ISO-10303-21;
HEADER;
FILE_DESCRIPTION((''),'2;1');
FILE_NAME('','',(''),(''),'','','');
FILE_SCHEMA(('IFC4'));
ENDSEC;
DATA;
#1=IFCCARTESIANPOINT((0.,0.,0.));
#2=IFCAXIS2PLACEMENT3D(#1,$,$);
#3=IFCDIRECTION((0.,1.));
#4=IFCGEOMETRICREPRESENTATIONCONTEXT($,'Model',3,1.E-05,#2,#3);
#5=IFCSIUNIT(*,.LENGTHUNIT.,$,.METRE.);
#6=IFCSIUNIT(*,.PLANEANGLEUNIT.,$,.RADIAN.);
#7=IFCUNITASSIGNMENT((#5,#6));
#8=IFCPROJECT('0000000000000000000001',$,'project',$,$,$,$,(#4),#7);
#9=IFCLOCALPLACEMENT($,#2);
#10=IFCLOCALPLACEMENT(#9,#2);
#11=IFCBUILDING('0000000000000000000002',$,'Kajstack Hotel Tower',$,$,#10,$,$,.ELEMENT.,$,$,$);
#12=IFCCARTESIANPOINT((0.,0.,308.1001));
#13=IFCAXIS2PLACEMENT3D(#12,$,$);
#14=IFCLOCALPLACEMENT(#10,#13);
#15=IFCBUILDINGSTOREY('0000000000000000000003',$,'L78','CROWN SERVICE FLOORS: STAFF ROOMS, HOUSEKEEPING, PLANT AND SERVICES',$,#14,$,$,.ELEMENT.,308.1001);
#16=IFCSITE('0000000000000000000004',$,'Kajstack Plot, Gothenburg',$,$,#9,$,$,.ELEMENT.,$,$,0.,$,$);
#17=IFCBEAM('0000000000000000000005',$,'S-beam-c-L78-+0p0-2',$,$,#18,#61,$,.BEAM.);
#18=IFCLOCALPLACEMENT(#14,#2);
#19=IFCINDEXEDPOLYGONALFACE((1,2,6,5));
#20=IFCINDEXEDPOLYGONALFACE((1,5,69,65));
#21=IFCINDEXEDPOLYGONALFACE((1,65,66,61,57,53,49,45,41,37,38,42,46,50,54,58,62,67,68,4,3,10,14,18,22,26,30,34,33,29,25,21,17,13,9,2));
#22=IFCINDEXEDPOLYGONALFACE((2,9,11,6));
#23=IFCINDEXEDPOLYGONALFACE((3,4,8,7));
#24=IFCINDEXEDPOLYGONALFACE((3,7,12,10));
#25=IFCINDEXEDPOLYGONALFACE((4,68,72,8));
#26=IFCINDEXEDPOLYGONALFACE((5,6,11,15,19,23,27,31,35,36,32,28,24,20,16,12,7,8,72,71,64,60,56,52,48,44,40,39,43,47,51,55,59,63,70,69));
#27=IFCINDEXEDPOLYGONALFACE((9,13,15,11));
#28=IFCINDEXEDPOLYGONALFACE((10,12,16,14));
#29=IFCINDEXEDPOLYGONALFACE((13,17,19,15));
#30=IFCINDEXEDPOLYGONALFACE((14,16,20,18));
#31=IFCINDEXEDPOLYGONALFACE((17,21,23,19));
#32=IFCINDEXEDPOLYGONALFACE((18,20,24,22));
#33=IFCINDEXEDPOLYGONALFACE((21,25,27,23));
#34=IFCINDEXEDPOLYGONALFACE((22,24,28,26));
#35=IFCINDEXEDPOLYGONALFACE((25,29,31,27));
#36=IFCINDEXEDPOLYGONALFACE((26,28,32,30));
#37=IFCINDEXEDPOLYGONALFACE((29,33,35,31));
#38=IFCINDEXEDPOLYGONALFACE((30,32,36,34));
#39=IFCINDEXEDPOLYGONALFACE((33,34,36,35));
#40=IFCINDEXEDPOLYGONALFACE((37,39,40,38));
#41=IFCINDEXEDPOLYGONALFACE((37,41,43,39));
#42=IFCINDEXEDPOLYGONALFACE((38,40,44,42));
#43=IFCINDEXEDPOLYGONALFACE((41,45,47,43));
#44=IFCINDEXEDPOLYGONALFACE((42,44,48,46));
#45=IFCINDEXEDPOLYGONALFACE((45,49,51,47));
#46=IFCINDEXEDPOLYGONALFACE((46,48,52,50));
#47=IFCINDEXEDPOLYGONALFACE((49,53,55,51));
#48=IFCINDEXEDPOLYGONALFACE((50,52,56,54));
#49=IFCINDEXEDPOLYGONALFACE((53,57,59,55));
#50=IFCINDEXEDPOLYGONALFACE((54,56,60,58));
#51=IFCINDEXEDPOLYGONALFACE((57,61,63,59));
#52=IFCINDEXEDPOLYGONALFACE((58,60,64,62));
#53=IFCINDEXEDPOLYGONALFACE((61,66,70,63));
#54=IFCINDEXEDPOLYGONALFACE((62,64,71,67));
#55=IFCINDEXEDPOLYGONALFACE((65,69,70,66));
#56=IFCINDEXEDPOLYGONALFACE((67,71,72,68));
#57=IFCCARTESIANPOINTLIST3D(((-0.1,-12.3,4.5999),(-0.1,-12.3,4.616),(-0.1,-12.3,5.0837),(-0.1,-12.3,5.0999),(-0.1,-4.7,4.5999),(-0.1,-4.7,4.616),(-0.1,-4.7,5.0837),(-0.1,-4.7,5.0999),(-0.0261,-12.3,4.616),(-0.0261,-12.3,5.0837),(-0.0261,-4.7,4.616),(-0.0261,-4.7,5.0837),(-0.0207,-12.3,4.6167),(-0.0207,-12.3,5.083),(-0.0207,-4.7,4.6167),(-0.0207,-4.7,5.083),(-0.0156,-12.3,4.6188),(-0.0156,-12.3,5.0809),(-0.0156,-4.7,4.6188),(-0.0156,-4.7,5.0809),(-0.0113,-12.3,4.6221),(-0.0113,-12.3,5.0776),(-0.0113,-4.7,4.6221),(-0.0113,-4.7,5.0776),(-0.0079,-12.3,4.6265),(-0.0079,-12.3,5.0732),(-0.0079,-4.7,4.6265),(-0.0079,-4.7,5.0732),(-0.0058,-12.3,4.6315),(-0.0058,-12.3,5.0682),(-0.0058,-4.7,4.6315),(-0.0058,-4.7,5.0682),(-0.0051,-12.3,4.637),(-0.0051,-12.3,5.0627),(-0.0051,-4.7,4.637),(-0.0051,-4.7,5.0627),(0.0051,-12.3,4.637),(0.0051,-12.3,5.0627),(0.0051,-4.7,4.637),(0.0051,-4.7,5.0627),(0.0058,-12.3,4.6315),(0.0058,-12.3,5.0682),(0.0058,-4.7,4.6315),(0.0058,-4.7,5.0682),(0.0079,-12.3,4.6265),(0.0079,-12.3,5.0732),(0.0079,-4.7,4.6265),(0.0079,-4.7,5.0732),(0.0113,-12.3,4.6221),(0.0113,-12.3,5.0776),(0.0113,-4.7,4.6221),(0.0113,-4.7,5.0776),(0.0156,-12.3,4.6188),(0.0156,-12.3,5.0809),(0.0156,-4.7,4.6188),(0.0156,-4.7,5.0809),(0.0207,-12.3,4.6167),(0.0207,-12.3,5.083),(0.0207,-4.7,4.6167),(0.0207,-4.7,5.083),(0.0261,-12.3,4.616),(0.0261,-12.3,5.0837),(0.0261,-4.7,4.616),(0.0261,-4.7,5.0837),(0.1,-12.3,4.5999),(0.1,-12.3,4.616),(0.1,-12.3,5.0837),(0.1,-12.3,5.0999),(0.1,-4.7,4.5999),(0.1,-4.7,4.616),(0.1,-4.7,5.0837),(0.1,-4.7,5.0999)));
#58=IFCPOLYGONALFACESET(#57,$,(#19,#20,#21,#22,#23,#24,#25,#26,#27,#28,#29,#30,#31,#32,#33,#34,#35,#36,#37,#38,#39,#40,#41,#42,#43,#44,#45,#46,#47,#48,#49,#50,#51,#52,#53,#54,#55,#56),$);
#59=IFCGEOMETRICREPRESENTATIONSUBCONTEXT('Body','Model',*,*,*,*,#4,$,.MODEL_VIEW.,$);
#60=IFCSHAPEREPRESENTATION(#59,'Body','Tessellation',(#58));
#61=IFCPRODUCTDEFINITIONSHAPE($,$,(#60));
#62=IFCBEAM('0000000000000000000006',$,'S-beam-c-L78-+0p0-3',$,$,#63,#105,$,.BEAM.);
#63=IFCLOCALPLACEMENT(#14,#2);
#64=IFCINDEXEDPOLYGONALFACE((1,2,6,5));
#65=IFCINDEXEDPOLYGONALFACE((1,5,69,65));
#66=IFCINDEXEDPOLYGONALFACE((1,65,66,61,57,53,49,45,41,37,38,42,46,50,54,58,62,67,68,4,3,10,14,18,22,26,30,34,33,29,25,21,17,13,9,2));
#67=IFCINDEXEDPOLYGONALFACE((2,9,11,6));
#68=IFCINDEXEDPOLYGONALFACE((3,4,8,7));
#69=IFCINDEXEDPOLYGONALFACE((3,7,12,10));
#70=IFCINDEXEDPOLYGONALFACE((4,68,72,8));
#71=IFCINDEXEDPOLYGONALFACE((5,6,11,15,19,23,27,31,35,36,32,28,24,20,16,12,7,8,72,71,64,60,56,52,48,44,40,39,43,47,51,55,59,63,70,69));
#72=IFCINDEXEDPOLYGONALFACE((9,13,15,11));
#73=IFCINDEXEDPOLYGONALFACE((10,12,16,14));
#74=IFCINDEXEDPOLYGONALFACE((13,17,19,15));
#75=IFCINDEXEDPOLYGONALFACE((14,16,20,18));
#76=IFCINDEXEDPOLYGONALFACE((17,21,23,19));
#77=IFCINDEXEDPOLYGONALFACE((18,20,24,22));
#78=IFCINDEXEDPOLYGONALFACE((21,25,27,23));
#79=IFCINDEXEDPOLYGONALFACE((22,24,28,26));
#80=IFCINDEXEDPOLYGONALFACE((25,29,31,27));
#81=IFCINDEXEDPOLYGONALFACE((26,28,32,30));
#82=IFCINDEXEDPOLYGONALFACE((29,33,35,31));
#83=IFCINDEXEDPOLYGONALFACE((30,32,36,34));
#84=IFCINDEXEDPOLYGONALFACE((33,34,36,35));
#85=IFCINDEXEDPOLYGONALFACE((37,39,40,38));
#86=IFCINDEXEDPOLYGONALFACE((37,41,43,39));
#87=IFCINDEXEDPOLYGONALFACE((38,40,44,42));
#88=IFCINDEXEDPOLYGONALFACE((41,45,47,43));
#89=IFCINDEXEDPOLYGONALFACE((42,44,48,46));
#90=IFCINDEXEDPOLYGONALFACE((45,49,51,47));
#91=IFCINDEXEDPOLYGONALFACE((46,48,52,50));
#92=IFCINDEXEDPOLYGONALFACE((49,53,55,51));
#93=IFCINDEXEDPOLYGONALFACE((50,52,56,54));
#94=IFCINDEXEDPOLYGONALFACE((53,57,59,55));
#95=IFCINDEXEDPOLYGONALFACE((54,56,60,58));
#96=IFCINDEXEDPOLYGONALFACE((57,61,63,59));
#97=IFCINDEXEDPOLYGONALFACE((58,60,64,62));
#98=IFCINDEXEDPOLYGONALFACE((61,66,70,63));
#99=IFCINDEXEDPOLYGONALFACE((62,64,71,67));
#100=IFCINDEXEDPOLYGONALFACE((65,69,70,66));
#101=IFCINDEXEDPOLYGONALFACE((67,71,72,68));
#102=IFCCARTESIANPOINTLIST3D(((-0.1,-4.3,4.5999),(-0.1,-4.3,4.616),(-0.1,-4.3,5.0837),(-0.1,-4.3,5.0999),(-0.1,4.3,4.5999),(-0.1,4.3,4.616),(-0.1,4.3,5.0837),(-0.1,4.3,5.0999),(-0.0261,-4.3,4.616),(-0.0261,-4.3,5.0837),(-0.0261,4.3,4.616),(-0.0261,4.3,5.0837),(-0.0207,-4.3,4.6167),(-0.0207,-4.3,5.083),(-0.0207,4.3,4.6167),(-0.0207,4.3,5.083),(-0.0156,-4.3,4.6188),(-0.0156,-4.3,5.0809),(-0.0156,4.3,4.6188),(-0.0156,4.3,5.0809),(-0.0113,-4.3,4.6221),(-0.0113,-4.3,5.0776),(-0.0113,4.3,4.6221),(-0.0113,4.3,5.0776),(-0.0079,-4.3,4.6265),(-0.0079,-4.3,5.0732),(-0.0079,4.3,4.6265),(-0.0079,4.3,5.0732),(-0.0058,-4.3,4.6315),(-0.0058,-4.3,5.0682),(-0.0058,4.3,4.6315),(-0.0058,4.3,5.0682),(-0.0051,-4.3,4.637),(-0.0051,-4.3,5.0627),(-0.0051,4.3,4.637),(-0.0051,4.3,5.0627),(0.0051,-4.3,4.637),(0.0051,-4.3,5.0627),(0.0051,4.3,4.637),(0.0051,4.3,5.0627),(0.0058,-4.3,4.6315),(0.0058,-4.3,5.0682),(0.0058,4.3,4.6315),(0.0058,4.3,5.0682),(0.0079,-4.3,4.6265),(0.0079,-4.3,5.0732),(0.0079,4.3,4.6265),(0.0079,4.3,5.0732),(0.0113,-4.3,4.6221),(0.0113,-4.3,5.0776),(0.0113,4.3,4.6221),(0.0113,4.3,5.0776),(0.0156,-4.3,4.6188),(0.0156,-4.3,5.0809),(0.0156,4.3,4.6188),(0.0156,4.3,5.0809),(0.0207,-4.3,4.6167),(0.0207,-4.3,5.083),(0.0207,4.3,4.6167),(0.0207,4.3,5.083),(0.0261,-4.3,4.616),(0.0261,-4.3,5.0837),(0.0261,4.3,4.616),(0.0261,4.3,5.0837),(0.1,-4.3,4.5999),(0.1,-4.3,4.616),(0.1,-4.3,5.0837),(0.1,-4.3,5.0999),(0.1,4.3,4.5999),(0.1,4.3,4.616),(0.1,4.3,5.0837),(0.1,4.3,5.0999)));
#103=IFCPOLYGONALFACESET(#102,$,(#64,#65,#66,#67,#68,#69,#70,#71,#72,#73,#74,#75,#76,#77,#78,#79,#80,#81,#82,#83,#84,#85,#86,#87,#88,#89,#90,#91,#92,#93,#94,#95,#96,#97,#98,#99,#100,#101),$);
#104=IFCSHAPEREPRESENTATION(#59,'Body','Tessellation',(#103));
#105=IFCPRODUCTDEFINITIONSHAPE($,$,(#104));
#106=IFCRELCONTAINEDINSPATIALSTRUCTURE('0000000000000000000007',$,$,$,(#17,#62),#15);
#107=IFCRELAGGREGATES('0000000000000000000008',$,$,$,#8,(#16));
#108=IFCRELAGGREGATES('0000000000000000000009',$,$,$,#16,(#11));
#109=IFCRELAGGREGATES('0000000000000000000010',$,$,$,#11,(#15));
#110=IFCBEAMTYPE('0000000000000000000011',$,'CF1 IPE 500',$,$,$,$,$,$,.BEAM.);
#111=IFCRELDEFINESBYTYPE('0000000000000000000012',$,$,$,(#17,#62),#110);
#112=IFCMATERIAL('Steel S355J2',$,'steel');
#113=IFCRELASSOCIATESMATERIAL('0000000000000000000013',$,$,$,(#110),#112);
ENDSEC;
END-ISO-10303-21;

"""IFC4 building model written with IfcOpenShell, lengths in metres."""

from ifc_helpers import new_model, si_unit, direction, frame, origin, origin_2d, place, context, subcontext, project, spatial, i_section, extrude, material, material_profile, profile_set, type_object, element, save


model = new_model("IFC4")

# Units and contexts
model_context = context("Model", 3, precision=1e-05, world=origin(), true_north=direction((0.0, 1.0)))
body_context = subcontext(model_context, "Body", "Model", "MODEL_VIEW")
ifc_project = project(units=[si_unit("LENGTHUNIT", "METRE"), si_unit("PLANEANGLEUNIT", "RADIAN")], contexts=[model_context])

# Site, building, storey
site_placement = place(None, origin())
site = spatial("IfcSite", under=ifc_project, at=site_placement, Name="Kajstack Plot, Gothenburg", CompositionType="ELEMENT", RefElevation=0.0)
building_placement = place(site_placement, origin())
building = spatial("IfcBuilding", under=site, at=building_placement, Name="Kajstack Hotel Tower", CompositionType="ELEMENT")
storey_placement = place(building_placement, frame((0.0, 0.0, 308.1001)))
storey = spatial("IfcBuildingStorey", under=building, at=storey_placement, Name="L78", Description="CROWN SERVICE FLOORS: STAFF ROOMS, HOUSEKEEPING, PLANT AND SERVICES", CompositionType="ELEMENT", Elevation=308.1001)

# Shared definitions
ifc_material_1 = material(Name="Steel S355J2", Category="steel")

# Beams
ifc_material_profile_1 = material_profile(ifc_material_1, i_section(OverallWidth=0.2, OverallDepth=0.5, WebThickness=0.0103, FlangeThickness=0.0161, FilletRadius=0.021, at=origin_2d()), Name="IPE 500")
ifc_profile_set_1 = profile_set([ifc_material_profile_1], Name="Steel S355J2")
beam_type = type_object("IfcBeamType", Name="CF1 IPE 500", PredefinedType="BEAM", material=ifc_profile_set_1)
beam_1_placement = place(storey_placement, frame((0.0, -12.3, 4.8499), z_axis=(0.0, 1.0, 0.0), x_axis=(-1.0, 0.0, 0.0)))
element("IfcBeam", 1, at=beam_1_placement, inside=storey, type_object=beam_type, Name="S-beam-c-L78-+0p0-2", PredefinedType="BEAM", context=body_context, shape_type="SweptSolid", body=[
    extrude(i_section(OverallWidth=0.2, OverallDepth=0.5, WebThickness=0.0103, FlangeThickness=0.0161, FilletRadius=0.021, at=origin_2d()), origin(), (0.0, 0.0, 1.0), 7.6001),
])
beam_2_placement = place(storey_placement, frame((0.0, -4.3, 4.8499), z_axis=(0.0, 1.0, 0.0), x_axis=(-1.0, 0.0, 0.0)))
element("IfcBeam", 2, at=beam_2_placement, inside=storey, type_object=beam_type, Name="S-beam-c-L78-+0p0-3", PredefinedType="BEAM", context=body_context, shape_type="SweptSolid", body=[
    extrude(i_section(OverallWidth=0.2, OverallDepth=0.5, WebThickness=0.0103, FlangeThickness=0.0161, FilletRadius=0.021, at=origin_2d()), origin(), (0.0, 0.0, 1.0), 8.6001),
])

save(model, "model.ifc")
